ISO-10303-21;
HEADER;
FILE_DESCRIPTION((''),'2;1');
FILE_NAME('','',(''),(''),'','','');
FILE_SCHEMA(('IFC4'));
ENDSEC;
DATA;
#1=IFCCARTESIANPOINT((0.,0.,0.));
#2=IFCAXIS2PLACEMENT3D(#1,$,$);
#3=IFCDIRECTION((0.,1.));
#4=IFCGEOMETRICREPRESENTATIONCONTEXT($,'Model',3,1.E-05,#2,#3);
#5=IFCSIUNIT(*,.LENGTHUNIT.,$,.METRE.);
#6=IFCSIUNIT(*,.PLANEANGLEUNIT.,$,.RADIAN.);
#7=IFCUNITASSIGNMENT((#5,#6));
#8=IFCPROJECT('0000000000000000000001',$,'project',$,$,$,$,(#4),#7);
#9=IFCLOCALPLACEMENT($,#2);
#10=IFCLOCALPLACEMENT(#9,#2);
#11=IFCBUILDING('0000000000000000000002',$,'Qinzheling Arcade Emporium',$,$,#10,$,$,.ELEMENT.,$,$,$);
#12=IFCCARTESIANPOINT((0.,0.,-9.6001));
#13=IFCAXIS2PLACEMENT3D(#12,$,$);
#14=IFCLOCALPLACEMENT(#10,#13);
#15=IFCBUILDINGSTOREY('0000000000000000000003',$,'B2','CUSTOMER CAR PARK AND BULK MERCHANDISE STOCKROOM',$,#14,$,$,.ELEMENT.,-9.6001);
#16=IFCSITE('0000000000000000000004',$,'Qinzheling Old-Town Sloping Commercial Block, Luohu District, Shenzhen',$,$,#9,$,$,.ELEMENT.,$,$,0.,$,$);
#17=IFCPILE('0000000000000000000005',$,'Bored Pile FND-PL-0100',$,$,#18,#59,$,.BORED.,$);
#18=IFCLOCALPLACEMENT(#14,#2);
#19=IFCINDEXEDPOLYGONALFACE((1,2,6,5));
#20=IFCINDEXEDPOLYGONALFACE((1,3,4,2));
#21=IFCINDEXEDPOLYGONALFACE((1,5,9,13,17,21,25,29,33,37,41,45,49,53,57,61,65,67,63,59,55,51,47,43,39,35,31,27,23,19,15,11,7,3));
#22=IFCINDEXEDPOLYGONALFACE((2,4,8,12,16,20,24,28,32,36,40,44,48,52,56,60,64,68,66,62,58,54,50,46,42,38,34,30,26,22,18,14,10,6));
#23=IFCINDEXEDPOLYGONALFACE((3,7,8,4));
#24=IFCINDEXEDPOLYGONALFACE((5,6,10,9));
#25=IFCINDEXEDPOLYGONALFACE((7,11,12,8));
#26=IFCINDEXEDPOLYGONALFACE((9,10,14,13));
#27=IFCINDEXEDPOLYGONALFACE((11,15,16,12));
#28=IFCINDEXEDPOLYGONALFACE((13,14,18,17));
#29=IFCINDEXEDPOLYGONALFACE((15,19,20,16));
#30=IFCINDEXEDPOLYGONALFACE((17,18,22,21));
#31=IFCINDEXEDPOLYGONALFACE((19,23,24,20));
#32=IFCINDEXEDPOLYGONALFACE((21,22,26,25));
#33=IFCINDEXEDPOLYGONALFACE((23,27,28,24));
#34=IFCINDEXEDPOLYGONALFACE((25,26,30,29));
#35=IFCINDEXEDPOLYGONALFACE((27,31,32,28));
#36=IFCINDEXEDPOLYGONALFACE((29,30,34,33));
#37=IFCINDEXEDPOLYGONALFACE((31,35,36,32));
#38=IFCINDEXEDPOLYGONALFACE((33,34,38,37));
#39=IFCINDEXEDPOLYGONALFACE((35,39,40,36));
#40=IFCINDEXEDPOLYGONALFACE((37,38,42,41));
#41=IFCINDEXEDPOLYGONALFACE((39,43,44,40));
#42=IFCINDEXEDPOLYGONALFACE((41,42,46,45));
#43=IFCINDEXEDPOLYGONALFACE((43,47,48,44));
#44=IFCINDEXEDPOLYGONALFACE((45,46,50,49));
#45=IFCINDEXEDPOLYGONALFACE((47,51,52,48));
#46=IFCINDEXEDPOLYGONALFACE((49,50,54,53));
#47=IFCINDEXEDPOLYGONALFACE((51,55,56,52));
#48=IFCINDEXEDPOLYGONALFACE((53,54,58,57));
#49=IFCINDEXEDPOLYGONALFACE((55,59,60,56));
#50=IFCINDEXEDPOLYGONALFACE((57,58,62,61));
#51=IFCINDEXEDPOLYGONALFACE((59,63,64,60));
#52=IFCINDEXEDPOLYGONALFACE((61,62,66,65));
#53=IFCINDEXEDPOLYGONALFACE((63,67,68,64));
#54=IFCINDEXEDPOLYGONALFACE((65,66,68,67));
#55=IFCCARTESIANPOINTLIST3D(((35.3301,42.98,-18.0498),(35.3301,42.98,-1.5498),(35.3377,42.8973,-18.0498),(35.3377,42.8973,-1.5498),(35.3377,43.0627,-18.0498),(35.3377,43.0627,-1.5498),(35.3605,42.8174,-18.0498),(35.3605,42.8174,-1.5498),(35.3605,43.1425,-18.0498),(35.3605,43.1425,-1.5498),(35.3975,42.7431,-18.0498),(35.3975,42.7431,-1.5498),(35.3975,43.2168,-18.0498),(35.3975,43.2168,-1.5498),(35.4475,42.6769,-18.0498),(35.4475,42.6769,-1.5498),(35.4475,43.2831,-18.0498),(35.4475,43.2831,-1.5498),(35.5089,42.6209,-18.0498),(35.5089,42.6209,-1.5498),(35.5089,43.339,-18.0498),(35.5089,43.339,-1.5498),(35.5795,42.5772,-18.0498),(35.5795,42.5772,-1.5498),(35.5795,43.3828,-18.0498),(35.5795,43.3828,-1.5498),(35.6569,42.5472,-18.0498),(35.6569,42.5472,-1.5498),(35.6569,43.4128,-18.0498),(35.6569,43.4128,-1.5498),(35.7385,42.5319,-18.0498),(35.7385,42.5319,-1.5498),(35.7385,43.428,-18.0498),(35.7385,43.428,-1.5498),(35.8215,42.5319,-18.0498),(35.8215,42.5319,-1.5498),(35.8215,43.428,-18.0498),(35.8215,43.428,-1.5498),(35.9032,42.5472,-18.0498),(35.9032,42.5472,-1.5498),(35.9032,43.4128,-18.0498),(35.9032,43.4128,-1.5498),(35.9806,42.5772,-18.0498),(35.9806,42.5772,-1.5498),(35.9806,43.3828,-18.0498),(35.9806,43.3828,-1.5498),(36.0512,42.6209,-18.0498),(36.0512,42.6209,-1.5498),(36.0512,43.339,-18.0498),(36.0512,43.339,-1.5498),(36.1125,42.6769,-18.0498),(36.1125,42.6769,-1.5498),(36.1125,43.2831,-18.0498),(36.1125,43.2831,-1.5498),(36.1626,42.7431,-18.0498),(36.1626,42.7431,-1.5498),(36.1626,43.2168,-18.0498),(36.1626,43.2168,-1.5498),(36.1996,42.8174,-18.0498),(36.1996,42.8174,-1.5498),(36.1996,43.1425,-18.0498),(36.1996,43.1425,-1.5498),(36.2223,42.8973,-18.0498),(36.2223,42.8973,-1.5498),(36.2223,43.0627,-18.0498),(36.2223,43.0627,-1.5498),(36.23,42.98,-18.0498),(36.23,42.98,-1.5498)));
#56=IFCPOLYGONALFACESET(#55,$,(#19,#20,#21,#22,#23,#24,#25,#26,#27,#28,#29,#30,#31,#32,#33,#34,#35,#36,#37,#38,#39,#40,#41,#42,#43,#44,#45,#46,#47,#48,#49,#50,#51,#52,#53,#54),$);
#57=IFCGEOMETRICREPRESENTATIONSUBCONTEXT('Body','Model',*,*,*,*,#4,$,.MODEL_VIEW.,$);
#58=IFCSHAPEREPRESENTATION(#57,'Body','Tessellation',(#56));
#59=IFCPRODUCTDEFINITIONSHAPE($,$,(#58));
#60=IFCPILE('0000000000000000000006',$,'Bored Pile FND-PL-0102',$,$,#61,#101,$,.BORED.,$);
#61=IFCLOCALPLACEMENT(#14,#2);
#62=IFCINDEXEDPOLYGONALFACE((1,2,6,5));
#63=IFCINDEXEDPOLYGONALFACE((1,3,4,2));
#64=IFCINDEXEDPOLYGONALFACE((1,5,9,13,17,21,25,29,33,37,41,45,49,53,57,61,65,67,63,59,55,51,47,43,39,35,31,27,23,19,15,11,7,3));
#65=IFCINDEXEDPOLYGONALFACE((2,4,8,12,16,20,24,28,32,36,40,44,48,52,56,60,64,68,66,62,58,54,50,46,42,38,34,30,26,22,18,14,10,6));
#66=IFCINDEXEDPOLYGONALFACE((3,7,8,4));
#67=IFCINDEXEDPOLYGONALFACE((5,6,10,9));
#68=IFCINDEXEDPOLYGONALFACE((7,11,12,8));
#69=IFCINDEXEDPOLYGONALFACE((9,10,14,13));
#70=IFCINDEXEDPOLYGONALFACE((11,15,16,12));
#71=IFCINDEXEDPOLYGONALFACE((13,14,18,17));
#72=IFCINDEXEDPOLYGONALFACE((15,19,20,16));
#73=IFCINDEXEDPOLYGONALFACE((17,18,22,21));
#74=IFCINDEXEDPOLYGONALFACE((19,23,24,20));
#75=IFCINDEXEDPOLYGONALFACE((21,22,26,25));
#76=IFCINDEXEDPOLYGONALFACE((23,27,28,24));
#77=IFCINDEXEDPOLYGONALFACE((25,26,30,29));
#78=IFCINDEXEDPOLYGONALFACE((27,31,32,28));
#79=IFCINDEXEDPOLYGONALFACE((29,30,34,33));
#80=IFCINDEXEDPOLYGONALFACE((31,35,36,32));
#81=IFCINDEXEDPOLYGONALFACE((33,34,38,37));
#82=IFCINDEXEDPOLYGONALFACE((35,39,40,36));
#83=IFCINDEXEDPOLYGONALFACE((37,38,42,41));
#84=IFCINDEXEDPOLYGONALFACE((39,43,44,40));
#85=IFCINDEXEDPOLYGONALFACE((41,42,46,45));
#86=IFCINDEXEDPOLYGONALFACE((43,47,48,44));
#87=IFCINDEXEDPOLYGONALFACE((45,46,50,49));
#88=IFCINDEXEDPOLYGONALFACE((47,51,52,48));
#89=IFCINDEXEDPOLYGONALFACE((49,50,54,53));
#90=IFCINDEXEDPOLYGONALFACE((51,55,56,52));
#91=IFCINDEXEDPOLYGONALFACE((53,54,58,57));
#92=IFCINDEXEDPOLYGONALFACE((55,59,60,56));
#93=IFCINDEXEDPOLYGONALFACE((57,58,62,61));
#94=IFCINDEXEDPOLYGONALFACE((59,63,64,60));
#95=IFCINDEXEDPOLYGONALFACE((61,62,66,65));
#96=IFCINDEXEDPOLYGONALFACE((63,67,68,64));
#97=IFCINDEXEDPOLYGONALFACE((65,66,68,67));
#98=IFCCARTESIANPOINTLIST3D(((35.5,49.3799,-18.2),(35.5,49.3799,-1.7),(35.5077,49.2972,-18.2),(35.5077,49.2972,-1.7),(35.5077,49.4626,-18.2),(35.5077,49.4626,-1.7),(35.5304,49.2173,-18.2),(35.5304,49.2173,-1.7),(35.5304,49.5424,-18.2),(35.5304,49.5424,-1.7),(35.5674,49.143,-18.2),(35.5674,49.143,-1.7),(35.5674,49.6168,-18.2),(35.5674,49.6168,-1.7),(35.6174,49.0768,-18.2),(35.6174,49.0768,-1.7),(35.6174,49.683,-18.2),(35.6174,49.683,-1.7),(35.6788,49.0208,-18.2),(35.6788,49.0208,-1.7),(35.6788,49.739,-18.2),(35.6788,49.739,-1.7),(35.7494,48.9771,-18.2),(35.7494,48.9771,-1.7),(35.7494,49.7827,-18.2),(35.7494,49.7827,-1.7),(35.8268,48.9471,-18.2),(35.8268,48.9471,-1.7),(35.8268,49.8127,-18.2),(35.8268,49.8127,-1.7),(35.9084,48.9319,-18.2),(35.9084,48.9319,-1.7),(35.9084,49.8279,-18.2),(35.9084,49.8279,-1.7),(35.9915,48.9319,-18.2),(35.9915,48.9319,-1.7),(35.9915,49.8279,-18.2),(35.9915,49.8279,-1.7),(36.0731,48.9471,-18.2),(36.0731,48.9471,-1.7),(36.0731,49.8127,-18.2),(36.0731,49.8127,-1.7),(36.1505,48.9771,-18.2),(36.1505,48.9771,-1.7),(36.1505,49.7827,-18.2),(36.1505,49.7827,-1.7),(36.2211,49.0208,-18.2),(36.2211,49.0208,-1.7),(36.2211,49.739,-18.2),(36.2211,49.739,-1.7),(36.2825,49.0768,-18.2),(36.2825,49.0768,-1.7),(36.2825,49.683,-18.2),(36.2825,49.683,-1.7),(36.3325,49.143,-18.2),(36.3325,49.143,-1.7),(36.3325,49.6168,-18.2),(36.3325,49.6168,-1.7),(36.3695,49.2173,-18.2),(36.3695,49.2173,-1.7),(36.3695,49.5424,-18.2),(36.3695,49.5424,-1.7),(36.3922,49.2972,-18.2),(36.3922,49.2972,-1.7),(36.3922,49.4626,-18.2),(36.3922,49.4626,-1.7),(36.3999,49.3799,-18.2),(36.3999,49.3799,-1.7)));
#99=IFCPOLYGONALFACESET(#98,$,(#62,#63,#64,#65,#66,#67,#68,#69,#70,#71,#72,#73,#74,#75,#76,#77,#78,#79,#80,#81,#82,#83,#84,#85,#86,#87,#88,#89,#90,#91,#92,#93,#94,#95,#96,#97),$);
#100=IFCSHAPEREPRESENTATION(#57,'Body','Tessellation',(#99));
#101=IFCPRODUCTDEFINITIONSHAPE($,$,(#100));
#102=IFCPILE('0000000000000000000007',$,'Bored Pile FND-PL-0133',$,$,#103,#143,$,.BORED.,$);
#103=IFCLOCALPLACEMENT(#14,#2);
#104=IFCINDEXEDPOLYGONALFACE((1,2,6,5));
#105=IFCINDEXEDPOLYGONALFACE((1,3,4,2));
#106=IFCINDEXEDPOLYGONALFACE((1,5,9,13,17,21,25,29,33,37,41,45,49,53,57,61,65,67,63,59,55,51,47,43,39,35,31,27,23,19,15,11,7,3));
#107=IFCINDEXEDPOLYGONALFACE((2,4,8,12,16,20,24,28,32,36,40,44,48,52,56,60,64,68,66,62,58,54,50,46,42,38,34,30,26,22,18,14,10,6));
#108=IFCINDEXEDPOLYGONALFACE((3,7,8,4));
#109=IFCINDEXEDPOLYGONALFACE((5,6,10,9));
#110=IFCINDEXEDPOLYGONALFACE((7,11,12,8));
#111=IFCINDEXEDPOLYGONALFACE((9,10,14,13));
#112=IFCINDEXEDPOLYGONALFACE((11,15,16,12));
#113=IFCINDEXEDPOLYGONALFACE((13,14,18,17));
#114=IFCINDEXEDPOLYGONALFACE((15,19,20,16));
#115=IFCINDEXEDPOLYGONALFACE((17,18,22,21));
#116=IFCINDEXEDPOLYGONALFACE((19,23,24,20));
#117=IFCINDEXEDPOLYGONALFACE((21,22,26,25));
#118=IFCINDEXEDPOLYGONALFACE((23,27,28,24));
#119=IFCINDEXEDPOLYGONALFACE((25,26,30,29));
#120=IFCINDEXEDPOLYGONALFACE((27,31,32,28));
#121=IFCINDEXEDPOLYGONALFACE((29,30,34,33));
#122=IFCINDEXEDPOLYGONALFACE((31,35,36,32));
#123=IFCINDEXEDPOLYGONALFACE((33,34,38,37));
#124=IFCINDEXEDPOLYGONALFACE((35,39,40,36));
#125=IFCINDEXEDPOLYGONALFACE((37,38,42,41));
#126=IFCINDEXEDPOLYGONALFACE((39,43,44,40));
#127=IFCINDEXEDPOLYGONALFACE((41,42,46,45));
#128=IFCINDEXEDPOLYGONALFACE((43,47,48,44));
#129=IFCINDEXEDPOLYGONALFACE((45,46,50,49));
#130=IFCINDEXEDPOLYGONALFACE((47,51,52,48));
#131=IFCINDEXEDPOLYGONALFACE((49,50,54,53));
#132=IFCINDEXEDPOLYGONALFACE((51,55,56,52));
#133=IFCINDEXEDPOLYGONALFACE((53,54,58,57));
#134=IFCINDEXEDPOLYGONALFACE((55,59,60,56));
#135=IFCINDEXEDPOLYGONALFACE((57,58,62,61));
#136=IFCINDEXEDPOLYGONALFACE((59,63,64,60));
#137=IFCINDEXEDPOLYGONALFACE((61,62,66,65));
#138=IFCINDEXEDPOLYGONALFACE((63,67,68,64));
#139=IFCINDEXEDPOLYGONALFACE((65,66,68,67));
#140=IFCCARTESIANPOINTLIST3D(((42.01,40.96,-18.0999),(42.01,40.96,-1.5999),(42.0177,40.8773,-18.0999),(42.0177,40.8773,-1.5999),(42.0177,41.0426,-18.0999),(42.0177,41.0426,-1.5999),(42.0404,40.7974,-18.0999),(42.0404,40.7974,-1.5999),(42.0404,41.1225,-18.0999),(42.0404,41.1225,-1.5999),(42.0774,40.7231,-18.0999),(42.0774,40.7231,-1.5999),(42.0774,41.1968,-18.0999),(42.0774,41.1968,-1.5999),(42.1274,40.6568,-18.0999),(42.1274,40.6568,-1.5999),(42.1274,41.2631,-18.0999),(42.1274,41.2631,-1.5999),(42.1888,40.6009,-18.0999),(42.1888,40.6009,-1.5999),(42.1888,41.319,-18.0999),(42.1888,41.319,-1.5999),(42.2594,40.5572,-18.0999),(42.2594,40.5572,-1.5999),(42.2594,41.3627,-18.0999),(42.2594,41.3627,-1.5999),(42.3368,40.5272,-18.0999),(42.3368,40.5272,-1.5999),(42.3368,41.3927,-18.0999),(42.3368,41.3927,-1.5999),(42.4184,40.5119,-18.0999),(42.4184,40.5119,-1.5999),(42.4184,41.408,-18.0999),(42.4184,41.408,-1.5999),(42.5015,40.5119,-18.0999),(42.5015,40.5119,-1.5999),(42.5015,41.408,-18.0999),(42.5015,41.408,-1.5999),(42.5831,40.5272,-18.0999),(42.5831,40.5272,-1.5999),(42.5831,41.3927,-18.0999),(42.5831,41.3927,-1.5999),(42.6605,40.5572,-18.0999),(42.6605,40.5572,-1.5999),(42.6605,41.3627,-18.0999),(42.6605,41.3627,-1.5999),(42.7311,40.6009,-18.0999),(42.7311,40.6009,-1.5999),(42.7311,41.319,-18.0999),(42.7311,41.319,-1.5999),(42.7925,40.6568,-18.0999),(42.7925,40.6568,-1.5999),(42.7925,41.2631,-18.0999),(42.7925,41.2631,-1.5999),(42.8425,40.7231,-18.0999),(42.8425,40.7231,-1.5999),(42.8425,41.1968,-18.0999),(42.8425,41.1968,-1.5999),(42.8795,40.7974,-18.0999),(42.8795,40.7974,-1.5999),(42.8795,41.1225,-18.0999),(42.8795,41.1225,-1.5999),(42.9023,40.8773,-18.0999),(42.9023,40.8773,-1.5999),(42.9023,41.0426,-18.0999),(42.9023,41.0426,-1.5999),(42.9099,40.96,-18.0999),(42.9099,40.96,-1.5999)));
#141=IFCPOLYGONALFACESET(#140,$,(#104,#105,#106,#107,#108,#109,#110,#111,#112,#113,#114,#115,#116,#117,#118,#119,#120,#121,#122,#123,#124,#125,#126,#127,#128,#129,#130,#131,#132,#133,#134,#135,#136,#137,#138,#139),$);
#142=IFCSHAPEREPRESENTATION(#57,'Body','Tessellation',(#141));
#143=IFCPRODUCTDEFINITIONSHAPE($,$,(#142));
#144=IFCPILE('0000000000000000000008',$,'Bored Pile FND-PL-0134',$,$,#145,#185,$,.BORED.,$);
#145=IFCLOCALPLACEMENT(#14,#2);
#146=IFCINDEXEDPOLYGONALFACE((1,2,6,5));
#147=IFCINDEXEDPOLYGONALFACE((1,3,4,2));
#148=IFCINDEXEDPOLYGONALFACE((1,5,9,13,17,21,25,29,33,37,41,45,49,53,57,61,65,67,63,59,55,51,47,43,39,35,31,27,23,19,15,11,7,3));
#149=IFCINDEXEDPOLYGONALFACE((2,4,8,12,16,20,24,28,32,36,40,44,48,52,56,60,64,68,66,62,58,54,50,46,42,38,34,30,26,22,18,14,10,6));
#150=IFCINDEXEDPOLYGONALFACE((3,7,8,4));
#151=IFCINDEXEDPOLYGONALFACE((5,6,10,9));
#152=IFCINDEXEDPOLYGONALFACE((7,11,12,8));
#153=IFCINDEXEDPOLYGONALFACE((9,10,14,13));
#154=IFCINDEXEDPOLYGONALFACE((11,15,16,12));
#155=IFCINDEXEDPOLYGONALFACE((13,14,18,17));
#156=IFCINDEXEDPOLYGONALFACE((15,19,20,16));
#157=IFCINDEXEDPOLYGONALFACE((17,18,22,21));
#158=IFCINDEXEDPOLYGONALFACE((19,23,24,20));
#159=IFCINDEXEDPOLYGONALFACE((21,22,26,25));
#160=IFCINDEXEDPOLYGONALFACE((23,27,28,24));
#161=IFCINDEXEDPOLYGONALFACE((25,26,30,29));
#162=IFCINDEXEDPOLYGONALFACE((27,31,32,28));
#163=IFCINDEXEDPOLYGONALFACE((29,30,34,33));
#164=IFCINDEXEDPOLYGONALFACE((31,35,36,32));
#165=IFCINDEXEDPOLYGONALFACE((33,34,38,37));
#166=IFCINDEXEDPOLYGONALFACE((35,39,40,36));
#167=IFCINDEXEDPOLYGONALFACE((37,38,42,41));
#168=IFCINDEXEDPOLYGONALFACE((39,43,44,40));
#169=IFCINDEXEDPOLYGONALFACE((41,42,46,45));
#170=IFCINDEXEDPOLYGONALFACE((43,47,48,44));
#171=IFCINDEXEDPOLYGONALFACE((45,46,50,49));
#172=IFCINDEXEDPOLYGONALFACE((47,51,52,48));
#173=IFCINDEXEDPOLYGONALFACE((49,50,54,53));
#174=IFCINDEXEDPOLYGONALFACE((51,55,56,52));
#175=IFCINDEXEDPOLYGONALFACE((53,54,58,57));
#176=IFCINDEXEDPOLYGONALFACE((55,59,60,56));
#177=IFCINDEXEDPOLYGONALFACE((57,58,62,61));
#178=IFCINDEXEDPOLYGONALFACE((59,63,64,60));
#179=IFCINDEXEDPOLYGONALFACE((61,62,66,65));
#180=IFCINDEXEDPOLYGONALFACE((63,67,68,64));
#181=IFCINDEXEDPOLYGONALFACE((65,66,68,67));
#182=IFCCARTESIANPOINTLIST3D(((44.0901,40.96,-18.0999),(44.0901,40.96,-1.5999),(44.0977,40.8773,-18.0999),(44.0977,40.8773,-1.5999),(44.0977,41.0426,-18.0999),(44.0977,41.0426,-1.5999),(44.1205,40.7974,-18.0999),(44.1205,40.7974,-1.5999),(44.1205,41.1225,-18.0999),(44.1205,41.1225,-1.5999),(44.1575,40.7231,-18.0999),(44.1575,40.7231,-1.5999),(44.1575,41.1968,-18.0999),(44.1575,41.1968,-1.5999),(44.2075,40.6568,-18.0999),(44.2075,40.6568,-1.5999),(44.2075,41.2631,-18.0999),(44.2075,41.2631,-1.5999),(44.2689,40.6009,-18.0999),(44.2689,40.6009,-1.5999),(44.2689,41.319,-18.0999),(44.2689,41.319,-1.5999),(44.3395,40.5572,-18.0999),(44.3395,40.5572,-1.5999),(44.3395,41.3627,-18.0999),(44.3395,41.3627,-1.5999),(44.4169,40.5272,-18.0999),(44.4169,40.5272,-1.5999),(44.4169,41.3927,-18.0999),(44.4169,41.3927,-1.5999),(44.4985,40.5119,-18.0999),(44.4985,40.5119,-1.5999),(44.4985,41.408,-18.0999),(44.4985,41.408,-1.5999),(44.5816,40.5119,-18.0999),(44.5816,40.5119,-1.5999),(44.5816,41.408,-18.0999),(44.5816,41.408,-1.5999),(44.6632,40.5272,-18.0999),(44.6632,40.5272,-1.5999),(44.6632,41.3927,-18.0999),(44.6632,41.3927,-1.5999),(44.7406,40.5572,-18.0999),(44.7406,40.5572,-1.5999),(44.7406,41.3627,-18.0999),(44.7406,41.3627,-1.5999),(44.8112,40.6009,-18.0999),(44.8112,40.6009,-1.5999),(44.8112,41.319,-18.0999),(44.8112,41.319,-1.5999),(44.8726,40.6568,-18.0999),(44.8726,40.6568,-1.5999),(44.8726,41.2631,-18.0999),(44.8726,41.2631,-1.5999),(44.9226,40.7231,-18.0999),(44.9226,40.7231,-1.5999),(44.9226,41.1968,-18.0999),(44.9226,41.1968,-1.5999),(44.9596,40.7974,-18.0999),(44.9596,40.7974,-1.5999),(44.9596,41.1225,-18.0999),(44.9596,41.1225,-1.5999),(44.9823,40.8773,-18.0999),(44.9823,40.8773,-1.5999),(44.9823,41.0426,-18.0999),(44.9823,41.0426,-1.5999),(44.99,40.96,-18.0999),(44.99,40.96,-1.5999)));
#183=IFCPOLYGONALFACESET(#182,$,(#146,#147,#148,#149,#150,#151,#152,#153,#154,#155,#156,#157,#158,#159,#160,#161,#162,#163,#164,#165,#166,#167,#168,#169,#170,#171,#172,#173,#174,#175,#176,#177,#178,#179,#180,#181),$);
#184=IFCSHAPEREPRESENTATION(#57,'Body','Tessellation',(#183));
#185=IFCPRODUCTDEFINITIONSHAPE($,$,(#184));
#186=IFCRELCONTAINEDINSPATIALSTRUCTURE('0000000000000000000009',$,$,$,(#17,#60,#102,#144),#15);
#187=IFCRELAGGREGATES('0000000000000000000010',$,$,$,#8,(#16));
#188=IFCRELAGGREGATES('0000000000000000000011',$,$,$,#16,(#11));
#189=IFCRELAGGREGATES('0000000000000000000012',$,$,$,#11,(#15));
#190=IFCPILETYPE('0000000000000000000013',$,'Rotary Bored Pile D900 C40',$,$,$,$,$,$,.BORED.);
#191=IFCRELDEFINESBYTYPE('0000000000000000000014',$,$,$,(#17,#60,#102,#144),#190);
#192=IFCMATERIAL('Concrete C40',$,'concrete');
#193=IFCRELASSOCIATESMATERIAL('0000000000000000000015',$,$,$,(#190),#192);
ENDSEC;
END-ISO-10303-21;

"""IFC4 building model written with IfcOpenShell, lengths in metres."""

from ifc_helpers import new_model, si_unit, direction, frame, origin, origin_2d, place, context, subcontext, project, spatial, circle, extrude, material, material_profile, profile_set, type_object, element, save


model = new_model("IFC4")

# Units and contexts
model_context = context("Model", 3, precision=1e-05, world=origin(), true_north=direction((0.0, 1.0)))
body_context = subcontext(model_context, "Body", "Model", "MODEL_VIEW")
ifc_project = project(units=[si_unit("LENGTHUNIT", "METRE"), si_unit("PLANEANGLEUNIT", "RADIAN")], contexts=[model_context])

# Site, building, storey
site_placement = place(None, origin())
site = spatial("IfcSite", under=ifc_project, at=site_placement, Name="Qinzheling Old-Town Sloping Commercial Block, Luohu District, Shenzhen", CompositionType="ELEMENT", RefElevation=0.0)
building_placement = place(site_placement, origin())
building = spatial("IfcBuilding", under=site, at=building_placement, Name="Qinzheling Arcade Emporium", CompositionType="ELEMENT")
storey_placement = place(building_placement, frame((0.0, 0.0, -9.6001)))
storey = spatial("IfcBuildingStorey", under=building, at=storey_placement, Name="B2", Description="CUSTOMER CAR PARK AND BULK MERCHANDISE STOCKROOM", CompositionType="ELEMENT", Elevation=-9.6001)

# Shared definitions
ifc_material_1 = material(Name="Concrete C40", Category="concrete")

# Piles
ifc_material_profile_1 = material_profile(ifc_material_1, circle(Radius=0.45, at=origin_2d()), Name="BORED D900", Category="concrete")
ifc_profile_set_1 = profile_set([ifc_material_profile_1], Name="Concrete C40")
pile_type = type_object("IfcPileType", Name="Rotary Bored Pile D900 C40", PredefinedType="BORED", material=ifc_profile_set_1)
for number, where, z_axis, x_axis, name in (
    (1, (35.78, 42.98, -1.5498), (0.0, 0.0, -1.0), (1.0, 0.0, 0.0), "Bored Pile FND-PL-0100"),
    (2, (35.95, 49.3799, -1.7), (0.0, 0.0, -1.0), (1.0, 0.0, 0.0), "Bored Pile FND-PL-0102"),
    (3, (42.46, 40.96, -1.5999), (0.0, 0.0, -1.0), (1.0, 0.0, 0.0), "Bored Pile FND-PL-0133"),
    (4, (44.54, 40.96, -1.5999), (0.0, 0.0, -1.0), (1.0, 0.0, 0.0), "Bored Pile FND-PL-0134"),
):
    element("IfcPile", number, at=place(storey_placement, frame(where, z_axis=z_axis, x_axis=x_axis)), inside=storey, type_object=pile_type, Name=name, PredefinedType="BORED", context=body_context, shape_type="SweptSolid", body=[
        extrude(circle(Radius=0.45, at=origin_2d()), origin(), (0.0, 0.0, 1.0), 16.5),
    ])

save(model, "model.ifc")
